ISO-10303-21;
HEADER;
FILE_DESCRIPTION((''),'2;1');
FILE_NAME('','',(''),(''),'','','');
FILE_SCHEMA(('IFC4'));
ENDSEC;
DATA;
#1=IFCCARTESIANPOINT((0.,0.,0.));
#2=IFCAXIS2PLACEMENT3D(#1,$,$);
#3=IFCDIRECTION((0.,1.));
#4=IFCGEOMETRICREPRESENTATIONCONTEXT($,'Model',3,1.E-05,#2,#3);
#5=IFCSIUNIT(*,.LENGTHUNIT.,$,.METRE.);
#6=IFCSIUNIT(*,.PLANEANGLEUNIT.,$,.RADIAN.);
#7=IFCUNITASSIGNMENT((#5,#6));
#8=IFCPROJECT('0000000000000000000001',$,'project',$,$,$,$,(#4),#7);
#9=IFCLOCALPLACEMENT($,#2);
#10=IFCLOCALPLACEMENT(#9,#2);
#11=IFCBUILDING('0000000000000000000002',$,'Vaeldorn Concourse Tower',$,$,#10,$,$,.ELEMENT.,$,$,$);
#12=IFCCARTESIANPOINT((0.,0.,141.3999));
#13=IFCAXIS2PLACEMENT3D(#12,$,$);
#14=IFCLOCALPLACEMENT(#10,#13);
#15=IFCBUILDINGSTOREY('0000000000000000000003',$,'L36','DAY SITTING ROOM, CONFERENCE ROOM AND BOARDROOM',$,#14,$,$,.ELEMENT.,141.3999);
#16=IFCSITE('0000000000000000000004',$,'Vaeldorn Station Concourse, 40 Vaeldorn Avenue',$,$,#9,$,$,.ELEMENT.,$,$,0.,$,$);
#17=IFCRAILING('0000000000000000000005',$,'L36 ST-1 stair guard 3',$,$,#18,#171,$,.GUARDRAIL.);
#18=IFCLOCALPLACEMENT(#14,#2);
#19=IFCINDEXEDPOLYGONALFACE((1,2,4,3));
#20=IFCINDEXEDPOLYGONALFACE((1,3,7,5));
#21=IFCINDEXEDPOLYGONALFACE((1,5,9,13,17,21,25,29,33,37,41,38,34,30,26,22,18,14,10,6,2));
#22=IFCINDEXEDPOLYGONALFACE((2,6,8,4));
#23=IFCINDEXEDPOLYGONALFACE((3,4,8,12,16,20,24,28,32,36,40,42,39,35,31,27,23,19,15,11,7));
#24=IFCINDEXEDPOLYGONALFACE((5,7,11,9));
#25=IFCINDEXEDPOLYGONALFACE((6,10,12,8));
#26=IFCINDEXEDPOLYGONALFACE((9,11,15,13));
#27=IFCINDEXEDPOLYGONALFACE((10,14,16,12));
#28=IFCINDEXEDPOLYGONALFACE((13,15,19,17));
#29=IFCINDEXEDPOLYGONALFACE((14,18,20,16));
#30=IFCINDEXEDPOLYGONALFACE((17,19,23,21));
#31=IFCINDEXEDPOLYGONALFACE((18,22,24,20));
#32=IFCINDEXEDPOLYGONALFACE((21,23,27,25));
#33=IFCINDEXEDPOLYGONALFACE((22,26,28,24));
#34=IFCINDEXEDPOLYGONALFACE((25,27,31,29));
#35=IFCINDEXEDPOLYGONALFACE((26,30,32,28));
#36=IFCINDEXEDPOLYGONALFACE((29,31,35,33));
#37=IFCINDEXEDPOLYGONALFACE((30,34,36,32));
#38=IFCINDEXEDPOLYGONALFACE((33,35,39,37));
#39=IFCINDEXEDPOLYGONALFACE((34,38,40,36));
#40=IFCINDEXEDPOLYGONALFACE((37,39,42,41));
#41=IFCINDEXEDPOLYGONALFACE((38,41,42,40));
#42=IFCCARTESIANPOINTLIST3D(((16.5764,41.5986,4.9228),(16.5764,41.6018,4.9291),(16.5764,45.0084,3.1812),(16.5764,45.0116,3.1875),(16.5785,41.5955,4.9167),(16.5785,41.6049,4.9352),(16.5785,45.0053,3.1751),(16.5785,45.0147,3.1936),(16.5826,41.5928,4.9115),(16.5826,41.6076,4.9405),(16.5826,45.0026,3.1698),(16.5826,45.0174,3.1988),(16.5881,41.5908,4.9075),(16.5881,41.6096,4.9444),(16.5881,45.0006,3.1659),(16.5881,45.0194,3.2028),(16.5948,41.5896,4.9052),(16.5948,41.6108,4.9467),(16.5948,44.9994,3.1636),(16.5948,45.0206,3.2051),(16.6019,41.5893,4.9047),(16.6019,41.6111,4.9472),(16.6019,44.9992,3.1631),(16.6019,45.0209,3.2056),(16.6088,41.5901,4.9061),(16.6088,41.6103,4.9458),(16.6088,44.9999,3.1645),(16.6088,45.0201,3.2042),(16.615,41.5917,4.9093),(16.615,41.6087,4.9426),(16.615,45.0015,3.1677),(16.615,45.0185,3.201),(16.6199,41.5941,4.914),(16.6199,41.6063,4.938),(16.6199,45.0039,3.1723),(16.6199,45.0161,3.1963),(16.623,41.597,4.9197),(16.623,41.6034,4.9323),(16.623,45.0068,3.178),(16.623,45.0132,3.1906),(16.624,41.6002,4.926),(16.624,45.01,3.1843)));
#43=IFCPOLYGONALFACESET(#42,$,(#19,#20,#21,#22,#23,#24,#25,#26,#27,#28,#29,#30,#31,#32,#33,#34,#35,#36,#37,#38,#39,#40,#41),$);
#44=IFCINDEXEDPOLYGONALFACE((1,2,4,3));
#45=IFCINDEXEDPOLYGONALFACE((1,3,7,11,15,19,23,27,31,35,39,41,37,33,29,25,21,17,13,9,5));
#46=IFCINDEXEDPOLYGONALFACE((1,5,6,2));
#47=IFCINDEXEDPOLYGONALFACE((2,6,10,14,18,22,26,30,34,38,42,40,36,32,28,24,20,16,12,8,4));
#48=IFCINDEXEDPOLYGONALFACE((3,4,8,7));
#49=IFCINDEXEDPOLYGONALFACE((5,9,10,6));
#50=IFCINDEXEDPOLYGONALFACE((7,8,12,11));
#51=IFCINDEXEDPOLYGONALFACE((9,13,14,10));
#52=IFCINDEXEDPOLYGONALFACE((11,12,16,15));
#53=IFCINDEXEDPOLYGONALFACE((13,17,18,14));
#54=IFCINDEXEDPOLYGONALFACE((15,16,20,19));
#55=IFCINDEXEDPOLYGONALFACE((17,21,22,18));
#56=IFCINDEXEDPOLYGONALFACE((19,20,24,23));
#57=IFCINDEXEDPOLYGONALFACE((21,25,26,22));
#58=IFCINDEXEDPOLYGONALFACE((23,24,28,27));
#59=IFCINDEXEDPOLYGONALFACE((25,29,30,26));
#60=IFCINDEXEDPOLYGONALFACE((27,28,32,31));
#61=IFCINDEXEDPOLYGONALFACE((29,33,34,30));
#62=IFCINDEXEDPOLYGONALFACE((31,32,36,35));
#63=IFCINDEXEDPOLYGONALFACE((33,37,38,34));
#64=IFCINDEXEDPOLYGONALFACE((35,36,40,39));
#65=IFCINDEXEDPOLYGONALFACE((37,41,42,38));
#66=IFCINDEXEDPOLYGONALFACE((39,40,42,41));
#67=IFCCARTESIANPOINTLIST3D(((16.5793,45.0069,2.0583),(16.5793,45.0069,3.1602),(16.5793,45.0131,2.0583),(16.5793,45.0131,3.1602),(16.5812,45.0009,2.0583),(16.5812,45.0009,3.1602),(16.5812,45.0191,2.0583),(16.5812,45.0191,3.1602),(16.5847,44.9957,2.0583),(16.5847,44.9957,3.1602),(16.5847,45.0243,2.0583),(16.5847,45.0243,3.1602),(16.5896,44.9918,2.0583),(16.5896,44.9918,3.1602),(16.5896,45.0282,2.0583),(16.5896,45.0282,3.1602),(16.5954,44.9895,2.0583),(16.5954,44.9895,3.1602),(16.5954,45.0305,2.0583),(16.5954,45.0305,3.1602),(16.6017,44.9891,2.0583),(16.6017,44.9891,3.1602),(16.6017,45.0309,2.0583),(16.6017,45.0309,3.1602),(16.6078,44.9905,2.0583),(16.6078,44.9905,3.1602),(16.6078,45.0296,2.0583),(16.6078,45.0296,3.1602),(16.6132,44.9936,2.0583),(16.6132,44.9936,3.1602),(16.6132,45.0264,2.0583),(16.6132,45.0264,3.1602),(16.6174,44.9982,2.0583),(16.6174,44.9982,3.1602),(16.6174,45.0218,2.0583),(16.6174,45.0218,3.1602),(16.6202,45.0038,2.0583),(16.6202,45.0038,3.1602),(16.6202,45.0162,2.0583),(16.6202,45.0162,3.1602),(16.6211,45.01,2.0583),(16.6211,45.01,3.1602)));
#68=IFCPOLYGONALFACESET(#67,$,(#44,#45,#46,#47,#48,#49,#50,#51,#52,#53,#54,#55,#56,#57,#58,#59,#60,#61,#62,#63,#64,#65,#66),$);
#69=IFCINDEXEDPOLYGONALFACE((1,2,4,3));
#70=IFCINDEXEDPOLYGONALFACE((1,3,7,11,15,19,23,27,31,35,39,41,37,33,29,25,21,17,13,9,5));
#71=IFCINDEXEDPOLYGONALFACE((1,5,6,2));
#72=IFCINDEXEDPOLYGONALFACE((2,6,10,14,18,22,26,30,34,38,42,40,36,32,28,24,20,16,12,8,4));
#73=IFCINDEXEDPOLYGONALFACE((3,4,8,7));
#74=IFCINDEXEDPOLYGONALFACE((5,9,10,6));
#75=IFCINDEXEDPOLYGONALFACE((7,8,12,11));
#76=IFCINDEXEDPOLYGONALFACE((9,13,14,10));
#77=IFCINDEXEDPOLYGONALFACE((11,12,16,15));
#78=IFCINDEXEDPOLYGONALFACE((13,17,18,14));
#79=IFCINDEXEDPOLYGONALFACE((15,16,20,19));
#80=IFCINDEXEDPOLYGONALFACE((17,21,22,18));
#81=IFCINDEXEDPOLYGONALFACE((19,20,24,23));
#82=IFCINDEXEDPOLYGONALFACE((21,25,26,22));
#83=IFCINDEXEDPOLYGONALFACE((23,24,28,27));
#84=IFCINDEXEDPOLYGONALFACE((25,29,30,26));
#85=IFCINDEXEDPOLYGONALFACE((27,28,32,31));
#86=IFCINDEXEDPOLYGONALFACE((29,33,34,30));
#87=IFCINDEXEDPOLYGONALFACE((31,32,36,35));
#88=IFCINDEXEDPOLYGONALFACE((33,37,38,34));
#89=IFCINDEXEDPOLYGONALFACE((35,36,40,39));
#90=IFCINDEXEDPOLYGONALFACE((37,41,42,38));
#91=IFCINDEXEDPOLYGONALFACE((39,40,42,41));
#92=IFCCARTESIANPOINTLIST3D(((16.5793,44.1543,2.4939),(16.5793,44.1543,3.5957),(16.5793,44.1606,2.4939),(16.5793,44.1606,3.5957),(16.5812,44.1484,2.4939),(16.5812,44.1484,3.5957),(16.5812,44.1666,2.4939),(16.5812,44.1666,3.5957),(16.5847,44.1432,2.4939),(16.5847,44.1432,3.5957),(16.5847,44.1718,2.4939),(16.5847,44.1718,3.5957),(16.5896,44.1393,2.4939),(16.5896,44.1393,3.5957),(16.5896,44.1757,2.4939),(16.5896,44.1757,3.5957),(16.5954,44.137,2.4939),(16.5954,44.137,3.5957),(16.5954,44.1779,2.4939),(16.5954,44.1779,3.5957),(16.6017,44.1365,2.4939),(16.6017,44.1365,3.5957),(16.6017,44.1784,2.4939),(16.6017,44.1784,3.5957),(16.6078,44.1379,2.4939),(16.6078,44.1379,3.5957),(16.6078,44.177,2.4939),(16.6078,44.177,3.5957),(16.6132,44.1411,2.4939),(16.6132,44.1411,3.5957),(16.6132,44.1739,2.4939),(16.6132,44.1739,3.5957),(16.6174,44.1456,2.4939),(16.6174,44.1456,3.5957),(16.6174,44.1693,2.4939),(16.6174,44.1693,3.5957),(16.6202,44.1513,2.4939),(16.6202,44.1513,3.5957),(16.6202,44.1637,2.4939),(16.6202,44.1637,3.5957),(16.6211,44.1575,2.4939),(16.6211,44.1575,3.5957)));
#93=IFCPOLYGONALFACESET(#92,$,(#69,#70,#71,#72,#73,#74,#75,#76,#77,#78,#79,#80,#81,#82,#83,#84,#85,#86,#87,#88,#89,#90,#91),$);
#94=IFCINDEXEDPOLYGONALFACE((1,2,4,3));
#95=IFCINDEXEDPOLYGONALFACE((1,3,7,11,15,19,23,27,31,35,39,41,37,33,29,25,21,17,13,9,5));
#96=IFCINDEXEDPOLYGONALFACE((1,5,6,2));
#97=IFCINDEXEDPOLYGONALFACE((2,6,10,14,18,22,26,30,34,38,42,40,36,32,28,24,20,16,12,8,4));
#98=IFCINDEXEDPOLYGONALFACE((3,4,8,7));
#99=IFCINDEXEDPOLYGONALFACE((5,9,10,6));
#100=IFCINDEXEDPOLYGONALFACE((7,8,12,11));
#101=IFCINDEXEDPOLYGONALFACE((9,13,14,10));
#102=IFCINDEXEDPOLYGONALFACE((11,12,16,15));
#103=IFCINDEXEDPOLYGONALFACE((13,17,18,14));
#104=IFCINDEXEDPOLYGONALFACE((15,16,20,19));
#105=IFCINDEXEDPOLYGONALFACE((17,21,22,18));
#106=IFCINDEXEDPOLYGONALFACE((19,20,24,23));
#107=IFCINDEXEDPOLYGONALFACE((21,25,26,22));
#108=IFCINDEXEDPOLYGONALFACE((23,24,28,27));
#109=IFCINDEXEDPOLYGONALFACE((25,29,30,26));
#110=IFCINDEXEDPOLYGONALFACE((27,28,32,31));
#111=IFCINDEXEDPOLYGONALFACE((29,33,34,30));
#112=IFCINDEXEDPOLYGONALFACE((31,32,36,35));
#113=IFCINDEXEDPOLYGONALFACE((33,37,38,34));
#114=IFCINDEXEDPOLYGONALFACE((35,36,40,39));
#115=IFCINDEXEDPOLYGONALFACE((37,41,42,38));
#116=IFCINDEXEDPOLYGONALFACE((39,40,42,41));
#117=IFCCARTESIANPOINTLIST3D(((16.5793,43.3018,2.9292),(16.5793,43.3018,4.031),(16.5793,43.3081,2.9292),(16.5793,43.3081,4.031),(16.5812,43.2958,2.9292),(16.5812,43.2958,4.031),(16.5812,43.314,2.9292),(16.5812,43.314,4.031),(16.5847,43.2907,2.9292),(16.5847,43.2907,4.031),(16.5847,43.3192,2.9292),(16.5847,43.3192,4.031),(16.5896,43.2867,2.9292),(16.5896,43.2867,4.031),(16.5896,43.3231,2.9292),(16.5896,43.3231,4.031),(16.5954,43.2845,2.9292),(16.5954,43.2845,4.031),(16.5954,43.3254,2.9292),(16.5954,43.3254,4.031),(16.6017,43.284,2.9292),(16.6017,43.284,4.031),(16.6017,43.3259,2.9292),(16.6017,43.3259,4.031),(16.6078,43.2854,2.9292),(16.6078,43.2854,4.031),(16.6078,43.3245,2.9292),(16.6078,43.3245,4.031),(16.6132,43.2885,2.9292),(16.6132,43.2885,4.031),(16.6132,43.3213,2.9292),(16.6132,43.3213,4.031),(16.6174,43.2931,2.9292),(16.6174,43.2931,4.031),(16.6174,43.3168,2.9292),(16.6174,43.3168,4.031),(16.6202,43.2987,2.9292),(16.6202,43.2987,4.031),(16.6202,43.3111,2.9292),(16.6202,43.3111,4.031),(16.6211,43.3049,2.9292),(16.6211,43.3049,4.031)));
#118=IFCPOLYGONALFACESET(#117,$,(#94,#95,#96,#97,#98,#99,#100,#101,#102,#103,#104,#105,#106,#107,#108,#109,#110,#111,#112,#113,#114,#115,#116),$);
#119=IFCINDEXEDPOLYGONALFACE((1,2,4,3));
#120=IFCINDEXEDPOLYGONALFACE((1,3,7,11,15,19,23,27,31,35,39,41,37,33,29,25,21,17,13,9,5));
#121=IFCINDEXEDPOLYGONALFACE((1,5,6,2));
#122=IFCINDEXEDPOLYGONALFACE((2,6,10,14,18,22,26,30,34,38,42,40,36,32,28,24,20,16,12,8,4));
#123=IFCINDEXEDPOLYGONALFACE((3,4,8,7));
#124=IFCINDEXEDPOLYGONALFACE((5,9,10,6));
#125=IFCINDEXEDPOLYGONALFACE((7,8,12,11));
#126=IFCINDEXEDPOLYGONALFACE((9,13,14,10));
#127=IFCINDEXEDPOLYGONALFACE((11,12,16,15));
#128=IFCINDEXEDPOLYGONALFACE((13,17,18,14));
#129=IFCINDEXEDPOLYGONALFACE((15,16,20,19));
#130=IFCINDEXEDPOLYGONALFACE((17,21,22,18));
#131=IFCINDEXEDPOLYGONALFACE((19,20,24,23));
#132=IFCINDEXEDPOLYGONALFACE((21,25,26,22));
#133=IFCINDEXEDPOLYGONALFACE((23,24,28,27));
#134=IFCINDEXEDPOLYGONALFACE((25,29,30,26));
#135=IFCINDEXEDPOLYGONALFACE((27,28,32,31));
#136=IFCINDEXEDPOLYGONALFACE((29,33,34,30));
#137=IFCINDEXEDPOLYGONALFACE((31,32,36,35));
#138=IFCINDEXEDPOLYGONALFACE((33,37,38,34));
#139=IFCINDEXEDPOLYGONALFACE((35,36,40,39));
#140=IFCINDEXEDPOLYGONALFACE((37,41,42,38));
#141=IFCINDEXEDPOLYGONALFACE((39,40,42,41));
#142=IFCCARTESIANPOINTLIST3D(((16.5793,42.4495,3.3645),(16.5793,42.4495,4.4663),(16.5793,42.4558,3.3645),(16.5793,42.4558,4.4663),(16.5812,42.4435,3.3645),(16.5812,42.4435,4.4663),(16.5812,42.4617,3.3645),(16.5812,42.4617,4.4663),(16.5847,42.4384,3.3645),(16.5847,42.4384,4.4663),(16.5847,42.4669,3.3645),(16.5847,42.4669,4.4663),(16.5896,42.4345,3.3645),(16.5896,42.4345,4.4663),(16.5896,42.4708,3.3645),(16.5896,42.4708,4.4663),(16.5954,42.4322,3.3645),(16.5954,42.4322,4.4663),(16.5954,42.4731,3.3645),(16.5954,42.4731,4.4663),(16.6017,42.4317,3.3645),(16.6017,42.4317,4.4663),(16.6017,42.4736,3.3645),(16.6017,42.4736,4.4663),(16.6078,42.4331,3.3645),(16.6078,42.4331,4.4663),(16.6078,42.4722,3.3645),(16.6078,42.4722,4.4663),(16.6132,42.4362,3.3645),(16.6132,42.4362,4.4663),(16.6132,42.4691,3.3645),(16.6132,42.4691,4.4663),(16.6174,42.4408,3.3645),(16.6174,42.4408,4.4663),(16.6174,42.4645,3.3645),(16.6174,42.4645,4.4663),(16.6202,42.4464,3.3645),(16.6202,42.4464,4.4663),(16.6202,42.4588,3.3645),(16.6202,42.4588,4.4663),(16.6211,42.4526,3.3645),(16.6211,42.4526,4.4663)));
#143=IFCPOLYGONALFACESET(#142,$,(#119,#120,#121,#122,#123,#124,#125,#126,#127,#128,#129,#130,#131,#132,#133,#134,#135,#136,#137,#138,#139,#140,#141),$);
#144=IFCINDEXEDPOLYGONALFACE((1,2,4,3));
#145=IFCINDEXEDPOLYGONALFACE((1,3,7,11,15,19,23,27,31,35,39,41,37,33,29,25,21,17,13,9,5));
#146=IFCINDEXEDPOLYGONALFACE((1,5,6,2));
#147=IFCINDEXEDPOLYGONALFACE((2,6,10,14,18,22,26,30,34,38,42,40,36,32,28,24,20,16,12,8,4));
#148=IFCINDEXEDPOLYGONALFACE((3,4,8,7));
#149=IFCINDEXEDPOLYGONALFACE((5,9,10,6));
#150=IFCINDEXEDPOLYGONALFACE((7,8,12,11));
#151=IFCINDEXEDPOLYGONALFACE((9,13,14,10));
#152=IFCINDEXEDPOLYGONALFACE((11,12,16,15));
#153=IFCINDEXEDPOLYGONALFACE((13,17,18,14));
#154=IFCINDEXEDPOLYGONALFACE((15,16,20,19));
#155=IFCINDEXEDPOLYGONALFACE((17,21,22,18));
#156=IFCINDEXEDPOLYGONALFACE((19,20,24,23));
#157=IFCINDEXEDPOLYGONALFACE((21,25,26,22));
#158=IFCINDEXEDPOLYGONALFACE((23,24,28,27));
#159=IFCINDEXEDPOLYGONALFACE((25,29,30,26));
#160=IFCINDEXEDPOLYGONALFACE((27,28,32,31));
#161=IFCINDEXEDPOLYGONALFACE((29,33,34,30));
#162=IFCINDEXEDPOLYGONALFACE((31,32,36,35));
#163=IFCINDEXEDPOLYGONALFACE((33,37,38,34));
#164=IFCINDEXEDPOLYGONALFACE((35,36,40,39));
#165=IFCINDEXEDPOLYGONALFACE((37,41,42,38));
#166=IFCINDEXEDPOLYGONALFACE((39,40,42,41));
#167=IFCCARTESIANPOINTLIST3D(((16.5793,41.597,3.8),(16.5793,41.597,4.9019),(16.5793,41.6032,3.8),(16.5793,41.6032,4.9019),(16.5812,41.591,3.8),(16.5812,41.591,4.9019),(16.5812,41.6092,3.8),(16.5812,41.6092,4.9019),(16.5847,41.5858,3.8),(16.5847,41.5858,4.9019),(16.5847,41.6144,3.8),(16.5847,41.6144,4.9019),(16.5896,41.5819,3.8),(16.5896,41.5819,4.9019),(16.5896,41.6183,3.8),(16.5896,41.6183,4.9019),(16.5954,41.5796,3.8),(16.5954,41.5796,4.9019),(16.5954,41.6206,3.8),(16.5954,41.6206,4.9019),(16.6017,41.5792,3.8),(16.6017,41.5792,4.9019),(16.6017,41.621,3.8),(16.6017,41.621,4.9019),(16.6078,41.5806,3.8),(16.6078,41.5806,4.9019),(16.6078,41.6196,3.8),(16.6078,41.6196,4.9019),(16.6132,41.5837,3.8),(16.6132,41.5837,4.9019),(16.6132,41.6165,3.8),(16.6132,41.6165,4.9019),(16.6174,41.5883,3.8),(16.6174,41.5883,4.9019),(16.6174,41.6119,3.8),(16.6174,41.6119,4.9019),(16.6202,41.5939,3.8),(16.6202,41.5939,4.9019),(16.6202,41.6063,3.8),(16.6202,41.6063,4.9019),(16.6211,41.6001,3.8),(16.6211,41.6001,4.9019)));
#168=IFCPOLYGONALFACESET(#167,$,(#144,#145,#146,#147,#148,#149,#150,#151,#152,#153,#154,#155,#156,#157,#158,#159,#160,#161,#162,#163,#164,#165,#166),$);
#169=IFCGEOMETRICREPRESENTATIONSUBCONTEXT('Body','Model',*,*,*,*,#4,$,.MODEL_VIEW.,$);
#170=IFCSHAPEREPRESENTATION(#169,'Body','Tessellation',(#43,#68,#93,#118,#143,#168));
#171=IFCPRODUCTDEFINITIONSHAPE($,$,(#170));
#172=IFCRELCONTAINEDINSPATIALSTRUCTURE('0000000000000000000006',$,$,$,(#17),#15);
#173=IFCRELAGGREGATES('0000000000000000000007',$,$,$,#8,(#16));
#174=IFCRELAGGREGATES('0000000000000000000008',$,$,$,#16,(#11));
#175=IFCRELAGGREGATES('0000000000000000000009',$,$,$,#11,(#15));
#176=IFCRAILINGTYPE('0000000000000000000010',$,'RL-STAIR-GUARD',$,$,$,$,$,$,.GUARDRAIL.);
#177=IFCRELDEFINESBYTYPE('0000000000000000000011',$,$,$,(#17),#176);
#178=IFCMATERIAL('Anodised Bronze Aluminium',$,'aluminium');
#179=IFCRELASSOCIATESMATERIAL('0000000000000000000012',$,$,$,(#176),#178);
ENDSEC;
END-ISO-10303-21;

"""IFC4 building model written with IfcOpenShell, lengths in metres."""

from ifc_helpers import new_model, si_unit, direction, frame, origin, origin_2d, place, context, subcontext, project, spatial, circle, extrude, material, type_object, element, save


model = new_model("IFC4")

# Units and contexts
model_context = context("Model", 3, precision=1e-05, world=origin(), true_north=direction((0.0, 1.0)))
body_context = subcontext(model_context, "Body", "Model", "MODEL_VIEW")
ifc_project = project(units=[si_unit("LENGTHUNIT", "METRE"), si_unit("PLANEANGLEUNIT", "RADIAN")], contexts=[model_context])

# Site, building, storey
site_placement = place(None, origin())
site = spatial("IfcSite", under=ifc_project, at=site_placement, Name="Vaeldorn Station Concourse, 40 Vaeldorn Avenue", CompositionType="ELEMENT", RefElevation=0.0)
building_placement = place(site_placement, origin())
building = spatial("IfcBuilding", under=site, at=building_placement, Name="Vaeldorn Concourse Tower", CompositionType="ELEMENT")
storey_placement = place(building_placement, frame((0.0, 0.0, 141.3999)))
storey = spatial("IfcBuildingStorey", under=building, at=storey_placement, Name="L36", Description="DAY SITTING ROOM, CONFERENCE ROOM AND BOARDROOM", CompositionType="ELEMENT", Elevation=141.3999)

# Shared definitions
ifc_material_1 = material(Name="Anodised Bronze Aluminium", Category="aluminium")

# Railing
railing_type_1 = type_object("IfcRailingType", Name="RL-STAIR-GUARD", PredefinedType="GUARDRAIL", material=ifc_material_1)
railing_1_placement = place(storey_placement, frame((16.6001, 45.01, 2.0583)))
element("IfcRailing", 1, at=railing_1_placement, inside=storey, type_object=railing_type_1, Name="L36 ST-1 stair guard 3", PredefinedType="GUARDRAIL", context=body_context, shape_type="SweptSolid", body=[
    extrude(circle(Radius=0.0239, at=origin_2d()), frame((0.0, 0.0, 1.126), z_axis=(0.0, -0.890556, 0.454874), x_axis=(1.0, 0.0, 0.0)), (0.0, 0.0, 1.0), 3.8289),
    extrude(circle(Radius=0.021, at=origin_2d()), origin(), (0.0, 0.0, 1.0), 1.1018),
    extrude(circle(Radius=0.021, at=origin_2d()), frame((0.0, -0.8525, 0.4355)), (0.0, 0.0, 1.0), 1.1018),
    extrude(circle(Radius=0.021, at=origin_2d()), frame((0.0, -1.7051, 0.8708)), (0.0, 0.0, 1.0), 1.1018),
    extrude(circle(Radius=0.021, at=origin_2d()), frame((0.0, -2.5574, 1.3062)), (0.0, 0.0, 1.0), 1.1018),
    extrude(circle(Radius=0.021, at=origin_2d()), frame((0.0, -3.4099, 1.7417)), (0.0, 0.0, 1.0), 1.1018),
])

save(model, "model.ifc")
